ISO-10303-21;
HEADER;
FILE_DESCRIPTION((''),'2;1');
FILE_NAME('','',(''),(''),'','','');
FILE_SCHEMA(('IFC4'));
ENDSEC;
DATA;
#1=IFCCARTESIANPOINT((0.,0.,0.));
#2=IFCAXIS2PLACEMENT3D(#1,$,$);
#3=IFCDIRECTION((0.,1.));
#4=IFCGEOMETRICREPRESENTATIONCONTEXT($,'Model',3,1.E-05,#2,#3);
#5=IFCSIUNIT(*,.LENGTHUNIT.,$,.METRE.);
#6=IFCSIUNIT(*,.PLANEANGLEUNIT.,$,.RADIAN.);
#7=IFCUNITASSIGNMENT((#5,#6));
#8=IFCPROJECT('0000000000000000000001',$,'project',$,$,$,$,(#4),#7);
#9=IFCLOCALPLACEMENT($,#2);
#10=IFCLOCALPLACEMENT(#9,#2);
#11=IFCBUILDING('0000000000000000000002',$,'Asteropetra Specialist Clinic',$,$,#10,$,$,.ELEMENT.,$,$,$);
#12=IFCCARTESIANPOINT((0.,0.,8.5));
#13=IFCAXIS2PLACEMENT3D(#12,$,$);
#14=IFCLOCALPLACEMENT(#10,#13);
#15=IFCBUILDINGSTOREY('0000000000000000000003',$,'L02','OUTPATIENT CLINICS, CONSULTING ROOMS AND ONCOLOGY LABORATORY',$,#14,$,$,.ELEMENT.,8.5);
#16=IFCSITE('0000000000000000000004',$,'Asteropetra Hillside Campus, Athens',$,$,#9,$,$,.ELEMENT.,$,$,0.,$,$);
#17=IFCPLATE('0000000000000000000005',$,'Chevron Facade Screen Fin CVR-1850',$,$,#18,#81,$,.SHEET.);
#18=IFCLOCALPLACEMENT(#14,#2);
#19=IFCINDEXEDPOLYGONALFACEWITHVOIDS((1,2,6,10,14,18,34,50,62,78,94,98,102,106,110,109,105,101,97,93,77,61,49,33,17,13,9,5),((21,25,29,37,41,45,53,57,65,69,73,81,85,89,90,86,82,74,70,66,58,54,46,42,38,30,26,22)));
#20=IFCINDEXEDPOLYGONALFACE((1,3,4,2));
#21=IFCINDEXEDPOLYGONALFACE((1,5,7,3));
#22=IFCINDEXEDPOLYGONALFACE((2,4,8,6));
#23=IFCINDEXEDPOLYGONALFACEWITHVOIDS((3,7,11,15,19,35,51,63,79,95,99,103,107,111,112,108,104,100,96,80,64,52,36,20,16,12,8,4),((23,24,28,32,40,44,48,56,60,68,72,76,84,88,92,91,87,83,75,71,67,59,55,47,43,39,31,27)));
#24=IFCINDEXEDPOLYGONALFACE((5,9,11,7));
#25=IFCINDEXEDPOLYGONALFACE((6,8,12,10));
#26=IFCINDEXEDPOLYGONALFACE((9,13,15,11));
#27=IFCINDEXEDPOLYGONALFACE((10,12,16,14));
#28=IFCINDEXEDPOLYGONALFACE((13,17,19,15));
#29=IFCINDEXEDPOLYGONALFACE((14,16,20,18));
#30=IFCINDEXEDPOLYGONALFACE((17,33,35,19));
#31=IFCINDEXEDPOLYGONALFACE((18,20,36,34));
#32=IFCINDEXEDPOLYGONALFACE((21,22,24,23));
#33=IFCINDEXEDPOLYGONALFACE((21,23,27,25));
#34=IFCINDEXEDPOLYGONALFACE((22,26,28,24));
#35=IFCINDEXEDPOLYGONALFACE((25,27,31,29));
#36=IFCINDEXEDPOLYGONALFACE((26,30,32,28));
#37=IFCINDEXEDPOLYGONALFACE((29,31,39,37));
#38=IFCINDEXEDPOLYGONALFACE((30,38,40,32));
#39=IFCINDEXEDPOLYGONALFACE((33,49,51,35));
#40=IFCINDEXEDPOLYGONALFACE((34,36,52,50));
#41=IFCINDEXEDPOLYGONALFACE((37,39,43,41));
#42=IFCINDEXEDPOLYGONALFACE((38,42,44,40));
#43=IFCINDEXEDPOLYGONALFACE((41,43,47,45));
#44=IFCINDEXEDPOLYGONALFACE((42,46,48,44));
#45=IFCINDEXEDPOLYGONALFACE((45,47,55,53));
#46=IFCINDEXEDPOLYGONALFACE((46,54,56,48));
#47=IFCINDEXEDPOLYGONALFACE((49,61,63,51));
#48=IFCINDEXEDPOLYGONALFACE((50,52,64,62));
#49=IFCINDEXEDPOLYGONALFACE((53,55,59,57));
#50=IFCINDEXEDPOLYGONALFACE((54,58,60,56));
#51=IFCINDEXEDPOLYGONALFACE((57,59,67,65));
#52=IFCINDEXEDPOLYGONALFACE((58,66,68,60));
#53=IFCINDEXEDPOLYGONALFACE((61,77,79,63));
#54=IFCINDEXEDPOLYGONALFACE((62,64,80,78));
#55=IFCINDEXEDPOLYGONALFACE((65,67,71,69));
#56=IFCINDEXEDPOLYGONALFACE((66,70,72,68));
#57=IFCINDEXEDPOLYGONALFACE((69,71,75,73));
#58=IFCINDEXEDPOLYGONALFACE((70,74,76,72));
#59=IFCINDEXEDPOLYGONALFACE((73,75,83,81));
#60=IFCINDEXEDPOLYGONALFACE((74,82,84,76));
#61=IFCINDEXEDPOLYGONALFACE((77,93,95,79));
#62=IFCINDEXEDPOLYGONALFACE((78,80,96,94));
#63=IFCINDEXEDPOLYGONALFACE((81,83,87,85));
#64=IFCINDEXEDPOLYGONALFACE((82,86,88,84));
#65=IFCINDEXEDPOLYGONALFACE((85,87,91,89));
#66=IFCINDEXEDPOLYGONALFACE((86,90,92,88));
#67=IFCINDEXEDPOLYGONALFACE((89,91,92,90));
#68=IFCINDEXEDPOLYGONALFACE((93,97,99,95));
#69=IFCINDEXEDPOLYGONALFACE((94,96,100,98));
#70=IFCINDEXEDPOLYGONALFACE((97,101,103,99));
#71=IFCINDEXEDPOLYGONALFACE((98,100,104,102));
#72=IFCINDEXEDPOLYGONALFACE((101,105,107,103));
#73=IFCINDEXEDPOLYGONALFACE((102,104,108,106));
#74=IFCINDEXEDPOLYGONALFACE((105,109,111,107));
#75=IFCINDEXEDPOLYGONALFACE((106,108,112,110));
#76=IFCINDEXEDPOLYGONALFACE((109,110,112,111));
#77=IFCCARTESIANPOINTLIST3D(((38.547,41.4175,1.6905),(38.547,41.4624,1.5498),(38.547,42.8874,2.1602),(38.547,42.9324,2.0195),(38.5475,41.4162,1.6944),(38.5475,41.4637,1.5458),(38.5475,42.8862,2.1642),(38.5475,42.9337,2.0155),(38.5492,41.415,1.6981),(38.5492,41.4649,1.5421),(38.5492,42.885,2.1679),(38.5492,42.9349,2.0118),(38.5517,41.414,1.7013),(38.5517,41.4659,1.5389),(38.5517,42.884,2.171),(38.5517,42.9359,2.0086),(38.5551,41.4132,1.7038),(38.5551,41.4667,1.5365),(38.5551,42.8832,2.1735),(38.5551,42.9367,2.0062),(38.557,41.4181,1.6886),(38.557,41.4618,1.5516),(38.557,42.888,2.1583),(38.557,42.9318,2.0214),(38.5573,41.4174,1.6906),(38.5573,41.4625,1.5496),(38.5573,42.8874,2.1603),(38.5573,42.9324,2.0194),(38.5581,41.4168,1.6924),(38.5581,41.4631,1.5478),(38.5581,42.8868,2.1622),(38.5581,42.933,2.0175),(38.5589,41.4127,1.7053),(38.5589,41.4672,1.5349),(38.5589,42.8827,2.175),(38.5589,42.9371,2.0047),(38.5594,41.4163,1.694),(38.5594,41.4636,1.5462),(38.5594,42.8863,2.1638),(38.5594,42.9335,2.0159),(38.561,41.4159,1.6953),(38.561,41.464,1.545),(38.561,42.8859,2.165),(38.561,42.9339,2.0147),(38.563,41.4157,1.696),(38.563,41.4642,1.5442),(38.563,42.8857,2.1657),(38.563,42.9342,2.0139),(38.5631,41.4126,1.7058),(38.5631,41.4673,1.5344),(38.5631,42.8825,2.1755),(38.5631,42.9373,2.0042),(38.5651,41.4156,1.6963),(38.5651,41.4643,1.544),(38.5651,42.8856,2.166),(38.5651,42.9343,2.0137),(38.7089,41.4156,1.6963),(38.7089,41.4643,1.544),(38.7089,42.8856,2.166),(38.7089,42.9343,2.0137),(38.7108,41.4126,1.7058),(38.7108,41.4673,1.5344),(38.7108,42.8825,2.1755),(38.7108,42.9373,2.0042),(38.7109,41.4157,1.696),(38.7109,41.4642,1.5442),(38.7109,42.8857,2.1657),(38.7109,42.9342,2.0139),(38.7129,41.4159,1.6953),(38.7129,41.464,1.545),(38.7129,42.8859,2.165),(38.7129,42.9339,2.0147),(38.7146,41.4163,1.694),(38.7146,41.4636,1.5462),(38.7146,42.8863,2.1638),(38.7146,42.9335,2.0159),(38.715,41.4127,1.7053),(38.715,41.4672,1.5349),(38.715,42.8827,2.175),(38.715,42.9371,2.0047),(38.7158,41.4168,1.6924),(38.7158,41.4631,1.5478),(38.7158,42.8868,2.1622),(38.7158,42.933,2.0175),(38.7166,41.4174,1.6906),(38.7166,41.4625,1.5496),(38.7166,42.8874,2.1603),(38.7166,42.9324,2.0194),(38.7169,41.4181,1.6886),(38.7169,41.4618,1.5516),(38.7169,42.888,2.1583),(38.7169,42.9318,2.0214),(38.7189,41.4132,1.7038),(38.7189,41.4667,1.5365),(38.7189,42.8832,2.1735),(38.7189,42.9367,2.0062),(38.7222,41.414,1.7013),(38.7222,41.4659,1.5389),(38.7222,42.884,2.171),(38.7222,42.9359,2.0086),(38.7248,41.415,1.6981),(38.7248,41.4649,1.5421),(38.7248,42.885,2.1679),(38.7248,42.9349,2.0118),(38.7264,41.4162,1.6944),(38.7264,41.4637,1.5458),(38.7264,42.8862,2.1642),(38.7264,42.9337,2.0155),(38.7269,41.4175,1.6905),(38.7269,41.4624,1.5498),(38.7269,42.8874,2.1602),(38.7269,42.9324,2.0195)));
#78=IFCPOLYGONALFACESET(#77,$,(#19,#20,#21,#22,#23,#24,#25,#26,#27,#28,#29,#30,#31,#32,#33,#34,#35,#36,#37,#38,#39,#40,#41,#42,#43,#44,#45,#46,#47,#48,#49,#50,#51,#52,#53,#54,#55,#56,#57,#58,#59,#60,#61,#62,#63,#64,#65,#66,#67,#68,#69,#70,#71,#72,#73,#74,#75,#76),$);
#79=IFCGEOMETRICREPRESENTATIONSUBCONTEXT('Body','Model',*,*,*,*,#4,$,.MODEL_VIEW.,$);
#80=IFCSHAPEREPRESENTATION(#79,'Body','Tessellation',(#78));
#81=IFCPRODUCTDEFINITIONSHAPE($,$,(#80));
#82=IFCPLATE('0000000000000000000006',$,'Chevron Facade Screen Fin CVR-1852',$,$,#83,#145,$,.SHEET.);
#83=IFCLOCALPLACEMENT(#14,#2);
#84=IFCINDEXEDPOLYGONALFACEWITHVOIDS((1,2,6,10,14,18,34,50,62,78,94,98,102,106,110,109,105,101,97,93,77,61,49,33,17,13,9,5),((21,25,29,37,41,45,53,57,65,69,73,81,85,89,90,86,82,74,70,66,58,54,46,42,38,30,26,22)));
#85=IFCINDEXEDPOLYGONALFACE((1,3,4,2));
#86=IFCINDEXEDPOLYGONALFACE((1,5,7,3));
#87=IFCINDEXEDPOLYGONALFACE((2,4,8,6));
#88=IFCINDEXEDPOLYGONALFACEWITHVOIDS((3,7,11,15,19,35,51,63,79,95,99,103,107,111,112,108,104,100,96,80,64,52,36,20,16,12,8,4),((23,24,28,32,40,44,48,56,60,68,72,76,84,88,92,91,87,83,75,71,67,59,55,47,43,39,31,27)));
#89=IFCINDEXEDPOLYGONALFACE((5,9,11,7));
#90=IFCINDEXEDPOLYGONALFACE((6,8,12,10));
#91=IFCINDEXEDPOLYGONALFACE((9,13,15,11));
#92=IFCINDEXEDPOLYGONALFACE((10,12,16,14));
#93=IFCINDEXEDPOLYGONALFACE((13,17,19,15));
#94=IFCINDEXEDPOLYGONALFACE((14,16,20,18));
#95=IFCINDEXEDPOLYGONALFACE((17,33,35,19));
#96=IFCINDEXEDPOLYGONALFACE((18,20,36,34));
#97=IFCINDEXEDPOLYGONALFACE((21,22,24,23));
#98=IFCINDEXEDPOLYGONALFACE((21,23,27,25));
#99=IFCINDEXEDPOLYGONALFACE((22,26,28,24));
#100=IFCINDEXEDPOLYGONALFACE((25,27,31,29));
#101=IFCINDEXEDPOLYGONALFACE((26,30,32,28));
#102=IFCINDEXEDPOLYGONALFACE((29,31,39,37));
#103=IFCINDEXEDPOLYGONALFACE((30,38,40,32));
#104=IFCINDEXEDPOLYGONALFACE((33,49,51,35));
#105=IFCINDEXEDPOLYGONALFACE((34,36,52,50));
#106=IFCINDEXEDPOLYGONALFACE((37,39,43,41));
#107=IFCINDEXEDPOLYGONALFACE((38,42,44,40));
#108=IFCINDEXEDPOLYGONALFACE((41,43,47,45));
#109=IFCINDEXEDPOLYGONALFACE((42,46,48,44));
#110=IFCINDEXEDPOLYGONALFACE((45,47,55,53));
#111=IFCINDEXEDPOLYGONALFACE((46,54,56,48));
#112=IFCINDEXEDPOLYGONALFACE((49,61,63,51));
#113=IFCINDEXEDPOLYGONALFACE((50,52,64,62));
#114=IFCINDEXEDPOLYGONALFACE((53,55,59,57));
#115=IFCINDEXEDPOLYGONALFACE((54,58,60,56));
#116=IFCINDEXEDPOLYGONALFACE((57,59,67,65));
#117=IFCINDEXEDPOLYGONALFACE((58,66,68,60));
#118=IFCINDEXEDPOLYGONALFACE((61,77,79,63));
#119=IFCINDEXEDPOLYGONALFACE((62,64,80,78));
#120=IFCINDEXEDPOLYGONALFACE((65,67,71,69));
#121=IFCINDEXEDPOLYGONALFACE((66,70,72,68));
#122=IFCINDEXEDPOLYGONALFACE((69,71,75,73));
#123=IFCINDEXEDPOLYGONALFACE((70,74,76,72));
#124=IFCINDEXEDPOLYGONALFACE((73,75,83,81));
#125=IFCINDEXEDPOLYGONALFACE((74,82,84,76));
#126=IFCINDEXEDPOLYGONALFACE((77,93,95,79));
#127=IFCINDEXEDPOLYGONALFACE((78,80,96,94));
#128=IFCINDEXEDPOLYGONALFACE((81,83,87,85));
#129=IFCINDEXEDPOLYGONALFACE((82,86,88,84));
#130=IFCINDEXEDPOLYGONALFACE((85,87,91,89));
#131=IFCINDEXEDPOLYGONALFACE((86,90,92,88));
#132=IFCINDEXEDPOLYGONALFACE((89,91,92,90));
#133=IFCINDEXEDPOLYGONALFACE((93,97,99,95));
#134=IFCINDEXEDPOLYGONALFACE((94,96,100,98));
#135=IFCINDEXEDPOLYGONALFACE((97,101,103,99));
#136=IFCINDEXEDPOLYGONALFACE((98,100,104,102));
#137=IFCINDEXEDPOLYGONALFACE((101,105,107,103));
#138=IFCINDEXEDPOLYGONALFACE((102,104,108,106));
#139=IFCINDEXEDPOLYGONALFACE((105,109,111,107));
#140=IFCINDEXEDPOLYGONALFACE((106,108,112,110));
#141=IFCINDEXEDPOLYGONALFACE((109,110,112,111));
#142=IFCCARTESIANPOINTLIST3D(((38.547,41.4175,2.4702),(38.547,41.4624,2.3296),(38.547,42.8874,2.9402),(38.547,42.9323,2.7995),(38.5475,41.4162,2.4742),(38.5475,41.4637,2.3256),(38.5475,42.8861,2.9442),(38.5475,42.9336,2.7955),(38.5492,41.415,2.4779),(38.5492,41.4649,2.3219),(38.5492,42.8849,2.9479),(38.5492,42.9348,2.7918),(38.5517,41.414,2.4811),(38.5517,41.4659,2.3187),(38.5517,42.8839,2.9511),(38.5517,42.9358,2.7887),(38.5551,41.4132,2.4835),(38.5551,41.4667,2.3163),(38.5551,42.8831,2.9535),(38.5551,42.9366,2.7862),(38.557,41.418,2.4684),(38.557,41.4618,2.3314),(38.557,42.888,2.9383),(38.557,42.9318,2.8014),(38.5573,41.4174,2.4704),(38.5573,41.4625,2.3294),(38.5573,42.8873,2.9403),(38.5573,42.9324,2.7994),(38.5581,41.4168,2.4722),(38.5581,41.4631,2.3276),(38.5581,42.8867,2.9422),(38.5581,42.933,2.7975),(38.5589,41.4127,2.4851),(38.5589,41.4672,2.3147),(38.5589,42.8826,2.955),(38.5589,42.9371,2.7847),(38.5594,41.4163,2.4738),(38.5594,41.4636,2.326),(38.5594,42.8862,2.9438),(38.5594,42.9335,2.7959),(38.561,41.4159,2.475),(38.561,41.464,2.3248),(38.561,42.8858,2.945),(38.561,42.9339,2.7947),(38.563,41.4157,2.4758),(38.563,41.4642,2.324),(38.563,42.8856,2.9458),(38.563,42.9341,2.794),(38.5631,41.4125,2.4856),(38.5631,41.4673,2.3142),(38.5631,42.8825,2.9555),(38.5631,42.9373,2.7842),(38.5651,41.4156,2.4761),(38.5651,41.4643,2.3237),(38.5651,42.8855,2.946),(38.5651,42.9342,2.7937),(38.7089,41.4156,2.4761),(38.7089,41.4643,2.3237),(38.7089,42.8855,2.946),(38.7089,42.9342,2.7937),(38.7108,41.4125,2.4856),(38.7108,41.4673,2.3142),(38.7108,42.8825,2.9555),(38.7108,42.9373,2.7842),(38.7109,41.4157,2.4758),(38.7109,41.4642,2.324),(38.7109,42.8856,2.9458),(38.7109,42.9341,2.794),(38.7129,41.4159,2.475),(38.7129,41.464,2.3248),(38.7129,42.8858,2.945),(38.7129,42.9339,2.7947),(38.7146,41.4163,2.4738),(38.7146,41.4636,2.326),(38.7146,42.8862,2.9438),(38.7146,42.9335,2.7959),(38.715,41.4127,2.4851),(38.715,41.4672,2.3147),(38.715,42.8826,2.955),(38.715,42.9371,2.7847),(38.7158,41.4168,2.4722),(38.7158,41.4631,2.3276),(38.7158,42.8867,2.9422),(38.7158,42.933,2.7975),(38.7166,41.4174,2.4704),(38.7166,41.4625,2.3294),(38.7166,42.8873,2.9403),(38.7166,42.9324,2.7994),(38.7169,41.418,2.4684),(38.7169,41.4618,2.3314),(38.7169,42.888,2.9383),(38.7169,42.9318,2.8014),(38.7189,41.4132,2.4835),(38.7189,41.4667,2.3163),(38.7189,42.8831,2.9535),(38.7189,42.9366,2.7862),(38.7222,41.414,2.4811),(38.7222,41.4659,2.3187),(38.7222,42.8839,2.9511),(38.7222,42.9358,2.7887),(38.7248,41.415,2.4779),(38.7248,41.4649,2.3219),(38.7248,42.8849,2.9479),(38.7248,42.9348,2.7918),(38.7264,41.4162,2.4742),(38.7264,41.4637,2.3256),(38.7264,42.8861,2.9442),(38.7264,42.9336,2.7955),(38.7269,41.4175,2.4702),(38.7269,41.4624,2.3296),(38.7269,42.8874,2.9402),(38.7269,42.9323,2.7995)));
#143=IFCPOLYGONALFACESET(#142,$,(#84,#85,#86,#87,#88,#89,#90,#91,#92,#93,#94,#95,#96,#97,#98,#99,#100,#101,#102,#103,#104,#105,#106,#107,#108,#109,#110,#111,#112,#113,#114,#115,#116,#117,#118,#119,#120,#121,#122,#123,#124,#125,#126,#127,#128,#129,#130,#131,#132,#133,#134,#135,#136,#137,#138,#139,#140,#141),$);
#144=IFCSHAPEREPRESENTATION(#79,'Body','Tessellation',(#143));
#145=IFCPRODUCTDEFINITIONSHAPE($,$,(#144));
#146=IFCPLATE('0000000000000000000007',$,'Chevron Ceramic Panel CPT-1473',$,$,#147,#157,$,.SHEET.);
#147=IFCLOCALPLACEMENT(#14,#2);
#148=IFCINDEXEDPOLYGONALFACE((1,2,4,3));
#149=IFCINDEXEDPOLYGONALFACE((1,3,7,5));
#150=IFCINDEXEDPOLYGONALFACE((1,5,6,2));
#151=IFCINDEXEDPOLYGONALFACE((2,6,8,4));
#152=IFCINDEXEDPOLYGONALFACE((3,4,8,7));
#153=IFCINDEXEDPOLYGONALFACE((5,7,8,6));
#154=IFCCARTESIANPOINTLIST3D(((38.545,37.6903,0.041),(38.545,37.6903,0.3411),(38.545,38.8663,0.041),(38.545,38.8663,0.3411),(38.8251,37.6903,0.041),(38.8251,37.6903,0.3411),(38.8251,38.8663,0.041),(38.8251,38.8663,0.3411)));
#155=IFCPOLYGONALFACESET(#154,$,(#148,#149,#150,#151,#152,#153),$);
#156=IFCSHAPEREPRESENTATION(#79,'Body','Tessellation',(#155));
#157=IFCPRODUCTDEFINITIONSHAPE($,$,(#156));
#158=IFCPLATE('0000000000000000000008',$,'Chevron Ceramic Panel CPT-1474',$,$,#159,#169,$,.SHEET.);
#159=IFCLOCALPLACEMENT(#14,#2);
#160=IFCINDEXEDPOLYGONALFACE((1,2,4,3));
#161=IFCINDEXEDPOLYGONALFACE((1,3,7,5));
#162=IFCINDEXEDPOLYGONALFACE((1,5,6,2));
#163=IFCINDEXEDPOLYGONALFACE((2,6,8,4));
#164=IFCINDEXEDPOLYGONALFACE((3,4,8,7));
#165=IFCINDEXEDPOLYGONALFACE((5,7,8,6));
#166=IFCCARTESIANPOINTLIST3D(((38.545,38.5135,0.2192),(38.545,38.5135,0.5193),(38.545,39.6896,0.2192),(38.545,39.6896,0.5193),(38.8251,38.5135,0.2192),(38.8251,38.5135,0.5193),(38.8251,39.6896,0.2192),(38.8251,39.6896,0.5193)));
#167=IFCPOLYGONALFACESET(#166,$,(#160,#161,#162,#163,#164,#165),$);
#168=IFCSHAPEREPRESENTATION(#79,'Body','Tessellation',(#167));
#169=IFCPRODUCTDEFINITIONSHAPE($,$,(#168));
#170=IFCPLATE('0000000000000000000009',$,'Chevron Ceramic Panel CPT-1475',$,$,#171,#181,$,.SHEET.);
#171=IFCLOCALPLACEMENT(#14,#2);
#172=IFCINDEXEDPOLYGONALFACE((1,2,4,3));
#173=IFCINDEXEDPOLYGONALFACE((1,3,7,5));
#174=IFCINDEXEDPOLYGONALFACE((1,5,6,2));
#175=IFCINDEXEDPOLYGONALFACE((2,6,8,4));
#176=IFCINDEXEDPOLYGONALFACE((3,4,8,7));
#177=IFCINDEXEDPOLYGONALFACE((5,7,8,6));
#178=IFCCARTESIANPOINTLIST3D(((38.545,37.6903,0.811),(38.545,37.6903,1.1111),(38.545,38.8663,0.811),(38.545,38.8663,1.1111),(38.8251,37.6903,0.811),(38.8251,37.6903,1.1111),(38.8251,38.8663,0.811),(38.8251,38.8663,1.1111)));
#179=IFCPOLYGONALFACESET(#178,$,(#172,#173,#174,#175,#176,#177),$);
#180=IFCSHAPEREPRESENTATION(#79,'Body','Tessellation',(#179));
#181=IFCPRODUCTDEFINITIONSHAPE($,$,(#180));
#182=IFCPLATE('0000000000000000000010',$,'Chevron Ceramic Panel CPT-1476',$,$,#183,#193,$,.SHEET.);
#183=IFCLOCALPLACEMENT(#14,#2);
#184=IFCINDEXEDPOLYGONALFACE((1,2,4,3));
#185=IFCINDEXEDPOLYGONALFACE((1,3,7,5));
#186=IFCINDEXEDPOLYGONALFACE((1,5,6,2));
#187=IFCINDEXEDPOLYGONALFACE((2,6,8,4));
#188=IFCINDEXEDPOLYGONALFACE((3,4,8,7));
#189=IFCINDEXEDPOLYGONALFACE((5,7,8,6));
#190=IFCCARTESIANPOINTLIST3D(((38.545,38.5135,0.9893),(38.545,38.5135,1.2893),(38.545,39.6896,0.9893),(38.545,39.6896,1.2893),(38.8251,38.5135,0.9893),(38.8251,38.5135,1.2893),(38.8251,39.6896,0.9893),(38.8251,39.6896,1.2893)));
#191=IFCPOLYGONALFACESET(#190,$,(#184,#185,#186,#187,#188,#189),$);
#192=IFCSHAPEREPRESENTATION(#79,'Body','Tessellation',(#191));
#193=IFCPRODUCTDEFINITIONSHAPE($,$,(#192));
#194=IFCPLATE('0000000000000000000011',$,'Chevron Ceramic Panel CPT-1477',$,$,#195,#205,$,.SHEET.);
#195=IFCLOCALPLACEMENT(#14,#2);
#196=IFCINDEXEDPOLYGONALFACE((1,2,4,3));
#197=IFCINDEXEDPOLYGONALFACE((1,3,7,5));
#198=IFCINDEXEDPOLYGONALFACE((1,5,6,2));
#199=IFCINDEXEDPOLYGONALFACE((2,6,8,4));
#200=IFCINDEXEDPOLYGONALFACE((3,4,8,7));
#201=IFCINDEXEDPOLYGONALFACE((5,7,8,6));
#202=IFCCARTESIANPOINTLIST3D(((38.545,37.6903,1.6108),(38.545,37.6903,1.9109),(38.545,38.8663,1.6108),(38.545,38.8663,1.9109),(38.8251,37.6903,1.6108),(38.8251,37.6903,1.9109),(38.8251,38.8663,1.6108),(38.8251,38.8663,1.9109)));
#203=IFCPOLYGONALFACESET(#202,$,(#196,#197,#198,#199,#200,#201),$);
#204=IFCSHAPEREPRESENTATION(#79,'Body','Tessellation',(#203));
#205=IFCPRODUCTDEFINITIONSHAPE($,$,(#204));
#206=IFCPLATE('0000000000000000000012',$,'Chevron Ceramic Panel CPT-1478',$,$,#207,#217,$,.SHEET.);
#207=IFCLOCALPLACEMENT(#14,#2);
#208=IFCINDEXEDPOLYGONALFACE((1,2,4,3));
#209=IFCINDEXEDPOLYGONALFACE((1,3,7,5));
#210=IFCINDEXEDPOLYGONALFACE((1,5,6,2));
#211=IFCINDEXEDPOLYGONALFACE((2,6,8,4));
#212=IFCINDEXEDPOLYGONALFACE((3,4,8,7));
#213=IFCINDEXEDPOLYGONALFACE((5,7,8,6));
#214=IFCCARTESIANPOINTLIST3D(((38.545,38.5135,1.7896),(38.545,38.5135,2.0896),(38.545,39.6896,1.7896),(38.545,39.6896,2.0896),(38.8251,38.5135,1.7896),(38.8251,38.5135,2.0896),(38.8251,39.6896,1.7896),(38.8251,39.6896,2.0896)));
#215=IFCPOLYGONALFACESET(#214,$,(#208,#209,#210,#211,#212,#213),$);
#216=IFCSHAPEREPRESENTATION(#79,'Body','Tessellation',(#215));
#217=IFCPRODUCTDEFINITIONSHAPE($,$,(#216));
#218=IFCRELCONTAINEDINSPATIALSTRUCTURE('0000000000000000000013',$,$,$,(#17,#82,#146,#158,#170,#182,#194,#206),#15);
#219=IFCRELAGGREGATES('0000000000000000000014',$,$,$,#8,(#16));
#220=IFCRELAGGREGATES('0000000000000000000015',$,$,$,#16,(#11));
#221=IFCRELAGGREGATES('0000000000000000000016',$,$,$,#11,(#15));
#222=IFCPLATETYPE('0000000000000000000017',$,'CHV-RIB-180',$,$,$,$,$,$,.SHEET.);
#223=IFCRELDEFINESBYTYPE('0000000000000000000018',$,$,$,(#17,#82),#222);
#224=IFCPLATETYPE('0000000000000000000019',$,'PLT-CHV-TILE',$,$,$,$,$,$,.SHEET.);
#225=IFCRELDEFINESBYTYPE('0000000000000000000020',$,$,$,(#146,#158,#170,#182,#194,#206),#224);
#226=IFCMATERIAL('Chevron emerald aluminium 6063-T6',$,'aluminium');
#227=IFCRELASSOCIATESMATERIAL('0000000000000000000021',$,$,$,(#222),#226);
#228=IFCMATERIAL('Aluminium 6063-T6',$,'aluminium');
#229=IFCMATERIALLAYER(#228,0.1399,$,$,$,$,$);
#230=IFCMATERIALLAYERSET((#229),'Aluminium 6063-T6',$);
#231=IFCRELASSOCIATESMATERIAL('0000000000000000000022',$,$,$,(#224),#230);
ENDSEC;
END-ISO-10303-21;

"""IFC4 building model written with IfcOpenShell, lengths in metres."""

from ifc_helpers import new_model, si_unit, direction, frame, origin, origin_2d, place, context, subcontext, project, spatial, rectangle, hollow_rectangle, extrude, material, layer, layer_set, material_profile, profile_set, type_object, element, save


model = new_model("IFC4")

# Units and contexts
model_context = context("Model", 3, precision=1e-05, world=origin(), true_north=direction((0.0, 1.0)))
body_context = subcontext(model_context, "Body", "Model", "MODEL_VIEW")
ifc_project = project(units=[si_unit("LENGTHUNIT", "METRE"), si_unit("PLANEANGLEUNIT", "RADIAN")], contexts=[model_context])

# Site, building, storey
site_placement = place(None, origin())
site = spatial("IfcSite", under=ifc_project, at=site_placement, Name="Asteropetra Hillside Campus, Athens", CompositionType="ELEMENT", RefElevation=0.0)
building_placement = place(site_placement, origin())
building = spatial("IfcBuilding", under=site, at=building_placement, Name="Asteropetra Specialist Clinic", CompositionType="ELEMENT")
storey_placement = place(building_placement, frame((0.0, 0.0, 8.5)))
storey = spatial("IfcBuildingStorey", under=building, at=storey_placement, Name="L02", Description="OUTPATIENT CLINICS, CONSULTING ROOMS AND ONCOLOGY LABORATORY", CompositionType="ELEMENT", Elevation=8.5)

# Plates
ifc_material_1 = material(Name="Chevron emerald aluminium 6063-T6", Category="aluminium")
ifc_material_profile_1 = material_profile(ifc_material_1, hollow_rectangle(XDim=0.1799, YDim=0.1799, WallThickness=0.01, InnerFilletRadius=0.0081, OuterFilletRadius=0.0161, at=origin_2d()), Name="SHS 180x180x10.0")
ifc_profile_set_1 = profile_set([ifc_material_profile_1], Name="Chevron emerald aluminium 6063-T6")
plate_type_1 = type_object("IfcPlateType", Name="CHV-RIB-180", PredefinedType="SHEET", material=ifc_profile_set_1)
for number, where, z_axis, x_axis, name in (
    (1, (38.637, 41.4399, 1.6201), (0.0, 0.952549, 0.304385), (-1.0, 0.0, 0.0), "Chevron Facade Screen Fin CVR-1850"),
    (2, (38.637, 41.4399, 2.3999), (0.0, 0.952503, 0.304529), (-1.0, 0.0, 0.0), "Chevron Facade Screen Fin CVR-1852"),
):
    element("IfcPlate", number, at=place(storey_placement, frame(where, z_axis=z_axis, x_axis=x_axis)), inside=storey, type_object=plate_type_1, Name=name, PredefinedType="SHEET", context=body_context, shape_type="SweptSolid", body=[
        extrude(hollow_rectangle(XDim=0.1799, YDim=0.1799, WallThickness=0.01, InnerFilletRadius=0.0081, OuterFilletRadius=0.0161, at=origin_2d()), origin(), (0.0, 0.0, 1.0), 1.5432),
    ])
ifc_material_2 = material(Name="Aluminium 6063-T6", Category="aluminium")
ifc_layer_1 = layer(ifc_material_2, 0.1399)
ifc_layer_set_1 = layer_set([ifc_layer_1], Name="Aluminium 6063-T6")
plate_type_2 = type_object("IfcPlateType", Name="PLT-CHV-TILE", PredefinedType="SHEET", material=ifc_layer_set_1)
for number, where, z_axis, x_axis, name in (
    (3, (38.6851, 38.2783, 0.041), (0.0, 0.0, 1.0), (1.0, 0.0, 0.0), "Chevron Ceramic Panel CPT-1473"),
    (4, (38.6851, 39.1016, 0.2192), (0.0, 0.0, 1.0), (1.0, 0.0, 0.0), "Chevron Ceramic Panel CPT-1474"),
    (5, (38.6851, 38.2783, 0.811), (0.0, 0.0, 1.0), (1.0, 0.0, 0.0), "Chevron Ceramic Panel CPT-1475"),
    (6, (38.6851, 39.1016, 0.9893), (0.0, 0.0, 1.0), (1.0, 0.0, 0.0), "Chevron Ceramic Panel CPT-1476"),
    (7, (38.6851, 38.2783, 1.6108), (0.0, 0.0, 1.0), (1.0, 0.0, 0.0), "Chevron Ceramic Panel CPT-1477"),
    (8, (38.6851, 39.1016, 1.7896), (0.0, 0.0, 1.0), (1.0, 0.0, 0.0), "Chevron Ceramic Panel CPT-1478"),
):
    element("IfcPlate", number, at=place(storey_placement, frame(where, z_axis=z_axis, x_axis=x_axis)), inside=storey, type_object=plate_type_2, Name=name, PredefinedType="SHEET", context=body_context, shape_type="SweptSolid", body=[
        extrude(rectangle(XDim=0.28, YDim=1.176, at=origin_2d()), origin(), (0.0, 0.0, 1.0), 0.3),
    ])

save(model, "model.ifc")
